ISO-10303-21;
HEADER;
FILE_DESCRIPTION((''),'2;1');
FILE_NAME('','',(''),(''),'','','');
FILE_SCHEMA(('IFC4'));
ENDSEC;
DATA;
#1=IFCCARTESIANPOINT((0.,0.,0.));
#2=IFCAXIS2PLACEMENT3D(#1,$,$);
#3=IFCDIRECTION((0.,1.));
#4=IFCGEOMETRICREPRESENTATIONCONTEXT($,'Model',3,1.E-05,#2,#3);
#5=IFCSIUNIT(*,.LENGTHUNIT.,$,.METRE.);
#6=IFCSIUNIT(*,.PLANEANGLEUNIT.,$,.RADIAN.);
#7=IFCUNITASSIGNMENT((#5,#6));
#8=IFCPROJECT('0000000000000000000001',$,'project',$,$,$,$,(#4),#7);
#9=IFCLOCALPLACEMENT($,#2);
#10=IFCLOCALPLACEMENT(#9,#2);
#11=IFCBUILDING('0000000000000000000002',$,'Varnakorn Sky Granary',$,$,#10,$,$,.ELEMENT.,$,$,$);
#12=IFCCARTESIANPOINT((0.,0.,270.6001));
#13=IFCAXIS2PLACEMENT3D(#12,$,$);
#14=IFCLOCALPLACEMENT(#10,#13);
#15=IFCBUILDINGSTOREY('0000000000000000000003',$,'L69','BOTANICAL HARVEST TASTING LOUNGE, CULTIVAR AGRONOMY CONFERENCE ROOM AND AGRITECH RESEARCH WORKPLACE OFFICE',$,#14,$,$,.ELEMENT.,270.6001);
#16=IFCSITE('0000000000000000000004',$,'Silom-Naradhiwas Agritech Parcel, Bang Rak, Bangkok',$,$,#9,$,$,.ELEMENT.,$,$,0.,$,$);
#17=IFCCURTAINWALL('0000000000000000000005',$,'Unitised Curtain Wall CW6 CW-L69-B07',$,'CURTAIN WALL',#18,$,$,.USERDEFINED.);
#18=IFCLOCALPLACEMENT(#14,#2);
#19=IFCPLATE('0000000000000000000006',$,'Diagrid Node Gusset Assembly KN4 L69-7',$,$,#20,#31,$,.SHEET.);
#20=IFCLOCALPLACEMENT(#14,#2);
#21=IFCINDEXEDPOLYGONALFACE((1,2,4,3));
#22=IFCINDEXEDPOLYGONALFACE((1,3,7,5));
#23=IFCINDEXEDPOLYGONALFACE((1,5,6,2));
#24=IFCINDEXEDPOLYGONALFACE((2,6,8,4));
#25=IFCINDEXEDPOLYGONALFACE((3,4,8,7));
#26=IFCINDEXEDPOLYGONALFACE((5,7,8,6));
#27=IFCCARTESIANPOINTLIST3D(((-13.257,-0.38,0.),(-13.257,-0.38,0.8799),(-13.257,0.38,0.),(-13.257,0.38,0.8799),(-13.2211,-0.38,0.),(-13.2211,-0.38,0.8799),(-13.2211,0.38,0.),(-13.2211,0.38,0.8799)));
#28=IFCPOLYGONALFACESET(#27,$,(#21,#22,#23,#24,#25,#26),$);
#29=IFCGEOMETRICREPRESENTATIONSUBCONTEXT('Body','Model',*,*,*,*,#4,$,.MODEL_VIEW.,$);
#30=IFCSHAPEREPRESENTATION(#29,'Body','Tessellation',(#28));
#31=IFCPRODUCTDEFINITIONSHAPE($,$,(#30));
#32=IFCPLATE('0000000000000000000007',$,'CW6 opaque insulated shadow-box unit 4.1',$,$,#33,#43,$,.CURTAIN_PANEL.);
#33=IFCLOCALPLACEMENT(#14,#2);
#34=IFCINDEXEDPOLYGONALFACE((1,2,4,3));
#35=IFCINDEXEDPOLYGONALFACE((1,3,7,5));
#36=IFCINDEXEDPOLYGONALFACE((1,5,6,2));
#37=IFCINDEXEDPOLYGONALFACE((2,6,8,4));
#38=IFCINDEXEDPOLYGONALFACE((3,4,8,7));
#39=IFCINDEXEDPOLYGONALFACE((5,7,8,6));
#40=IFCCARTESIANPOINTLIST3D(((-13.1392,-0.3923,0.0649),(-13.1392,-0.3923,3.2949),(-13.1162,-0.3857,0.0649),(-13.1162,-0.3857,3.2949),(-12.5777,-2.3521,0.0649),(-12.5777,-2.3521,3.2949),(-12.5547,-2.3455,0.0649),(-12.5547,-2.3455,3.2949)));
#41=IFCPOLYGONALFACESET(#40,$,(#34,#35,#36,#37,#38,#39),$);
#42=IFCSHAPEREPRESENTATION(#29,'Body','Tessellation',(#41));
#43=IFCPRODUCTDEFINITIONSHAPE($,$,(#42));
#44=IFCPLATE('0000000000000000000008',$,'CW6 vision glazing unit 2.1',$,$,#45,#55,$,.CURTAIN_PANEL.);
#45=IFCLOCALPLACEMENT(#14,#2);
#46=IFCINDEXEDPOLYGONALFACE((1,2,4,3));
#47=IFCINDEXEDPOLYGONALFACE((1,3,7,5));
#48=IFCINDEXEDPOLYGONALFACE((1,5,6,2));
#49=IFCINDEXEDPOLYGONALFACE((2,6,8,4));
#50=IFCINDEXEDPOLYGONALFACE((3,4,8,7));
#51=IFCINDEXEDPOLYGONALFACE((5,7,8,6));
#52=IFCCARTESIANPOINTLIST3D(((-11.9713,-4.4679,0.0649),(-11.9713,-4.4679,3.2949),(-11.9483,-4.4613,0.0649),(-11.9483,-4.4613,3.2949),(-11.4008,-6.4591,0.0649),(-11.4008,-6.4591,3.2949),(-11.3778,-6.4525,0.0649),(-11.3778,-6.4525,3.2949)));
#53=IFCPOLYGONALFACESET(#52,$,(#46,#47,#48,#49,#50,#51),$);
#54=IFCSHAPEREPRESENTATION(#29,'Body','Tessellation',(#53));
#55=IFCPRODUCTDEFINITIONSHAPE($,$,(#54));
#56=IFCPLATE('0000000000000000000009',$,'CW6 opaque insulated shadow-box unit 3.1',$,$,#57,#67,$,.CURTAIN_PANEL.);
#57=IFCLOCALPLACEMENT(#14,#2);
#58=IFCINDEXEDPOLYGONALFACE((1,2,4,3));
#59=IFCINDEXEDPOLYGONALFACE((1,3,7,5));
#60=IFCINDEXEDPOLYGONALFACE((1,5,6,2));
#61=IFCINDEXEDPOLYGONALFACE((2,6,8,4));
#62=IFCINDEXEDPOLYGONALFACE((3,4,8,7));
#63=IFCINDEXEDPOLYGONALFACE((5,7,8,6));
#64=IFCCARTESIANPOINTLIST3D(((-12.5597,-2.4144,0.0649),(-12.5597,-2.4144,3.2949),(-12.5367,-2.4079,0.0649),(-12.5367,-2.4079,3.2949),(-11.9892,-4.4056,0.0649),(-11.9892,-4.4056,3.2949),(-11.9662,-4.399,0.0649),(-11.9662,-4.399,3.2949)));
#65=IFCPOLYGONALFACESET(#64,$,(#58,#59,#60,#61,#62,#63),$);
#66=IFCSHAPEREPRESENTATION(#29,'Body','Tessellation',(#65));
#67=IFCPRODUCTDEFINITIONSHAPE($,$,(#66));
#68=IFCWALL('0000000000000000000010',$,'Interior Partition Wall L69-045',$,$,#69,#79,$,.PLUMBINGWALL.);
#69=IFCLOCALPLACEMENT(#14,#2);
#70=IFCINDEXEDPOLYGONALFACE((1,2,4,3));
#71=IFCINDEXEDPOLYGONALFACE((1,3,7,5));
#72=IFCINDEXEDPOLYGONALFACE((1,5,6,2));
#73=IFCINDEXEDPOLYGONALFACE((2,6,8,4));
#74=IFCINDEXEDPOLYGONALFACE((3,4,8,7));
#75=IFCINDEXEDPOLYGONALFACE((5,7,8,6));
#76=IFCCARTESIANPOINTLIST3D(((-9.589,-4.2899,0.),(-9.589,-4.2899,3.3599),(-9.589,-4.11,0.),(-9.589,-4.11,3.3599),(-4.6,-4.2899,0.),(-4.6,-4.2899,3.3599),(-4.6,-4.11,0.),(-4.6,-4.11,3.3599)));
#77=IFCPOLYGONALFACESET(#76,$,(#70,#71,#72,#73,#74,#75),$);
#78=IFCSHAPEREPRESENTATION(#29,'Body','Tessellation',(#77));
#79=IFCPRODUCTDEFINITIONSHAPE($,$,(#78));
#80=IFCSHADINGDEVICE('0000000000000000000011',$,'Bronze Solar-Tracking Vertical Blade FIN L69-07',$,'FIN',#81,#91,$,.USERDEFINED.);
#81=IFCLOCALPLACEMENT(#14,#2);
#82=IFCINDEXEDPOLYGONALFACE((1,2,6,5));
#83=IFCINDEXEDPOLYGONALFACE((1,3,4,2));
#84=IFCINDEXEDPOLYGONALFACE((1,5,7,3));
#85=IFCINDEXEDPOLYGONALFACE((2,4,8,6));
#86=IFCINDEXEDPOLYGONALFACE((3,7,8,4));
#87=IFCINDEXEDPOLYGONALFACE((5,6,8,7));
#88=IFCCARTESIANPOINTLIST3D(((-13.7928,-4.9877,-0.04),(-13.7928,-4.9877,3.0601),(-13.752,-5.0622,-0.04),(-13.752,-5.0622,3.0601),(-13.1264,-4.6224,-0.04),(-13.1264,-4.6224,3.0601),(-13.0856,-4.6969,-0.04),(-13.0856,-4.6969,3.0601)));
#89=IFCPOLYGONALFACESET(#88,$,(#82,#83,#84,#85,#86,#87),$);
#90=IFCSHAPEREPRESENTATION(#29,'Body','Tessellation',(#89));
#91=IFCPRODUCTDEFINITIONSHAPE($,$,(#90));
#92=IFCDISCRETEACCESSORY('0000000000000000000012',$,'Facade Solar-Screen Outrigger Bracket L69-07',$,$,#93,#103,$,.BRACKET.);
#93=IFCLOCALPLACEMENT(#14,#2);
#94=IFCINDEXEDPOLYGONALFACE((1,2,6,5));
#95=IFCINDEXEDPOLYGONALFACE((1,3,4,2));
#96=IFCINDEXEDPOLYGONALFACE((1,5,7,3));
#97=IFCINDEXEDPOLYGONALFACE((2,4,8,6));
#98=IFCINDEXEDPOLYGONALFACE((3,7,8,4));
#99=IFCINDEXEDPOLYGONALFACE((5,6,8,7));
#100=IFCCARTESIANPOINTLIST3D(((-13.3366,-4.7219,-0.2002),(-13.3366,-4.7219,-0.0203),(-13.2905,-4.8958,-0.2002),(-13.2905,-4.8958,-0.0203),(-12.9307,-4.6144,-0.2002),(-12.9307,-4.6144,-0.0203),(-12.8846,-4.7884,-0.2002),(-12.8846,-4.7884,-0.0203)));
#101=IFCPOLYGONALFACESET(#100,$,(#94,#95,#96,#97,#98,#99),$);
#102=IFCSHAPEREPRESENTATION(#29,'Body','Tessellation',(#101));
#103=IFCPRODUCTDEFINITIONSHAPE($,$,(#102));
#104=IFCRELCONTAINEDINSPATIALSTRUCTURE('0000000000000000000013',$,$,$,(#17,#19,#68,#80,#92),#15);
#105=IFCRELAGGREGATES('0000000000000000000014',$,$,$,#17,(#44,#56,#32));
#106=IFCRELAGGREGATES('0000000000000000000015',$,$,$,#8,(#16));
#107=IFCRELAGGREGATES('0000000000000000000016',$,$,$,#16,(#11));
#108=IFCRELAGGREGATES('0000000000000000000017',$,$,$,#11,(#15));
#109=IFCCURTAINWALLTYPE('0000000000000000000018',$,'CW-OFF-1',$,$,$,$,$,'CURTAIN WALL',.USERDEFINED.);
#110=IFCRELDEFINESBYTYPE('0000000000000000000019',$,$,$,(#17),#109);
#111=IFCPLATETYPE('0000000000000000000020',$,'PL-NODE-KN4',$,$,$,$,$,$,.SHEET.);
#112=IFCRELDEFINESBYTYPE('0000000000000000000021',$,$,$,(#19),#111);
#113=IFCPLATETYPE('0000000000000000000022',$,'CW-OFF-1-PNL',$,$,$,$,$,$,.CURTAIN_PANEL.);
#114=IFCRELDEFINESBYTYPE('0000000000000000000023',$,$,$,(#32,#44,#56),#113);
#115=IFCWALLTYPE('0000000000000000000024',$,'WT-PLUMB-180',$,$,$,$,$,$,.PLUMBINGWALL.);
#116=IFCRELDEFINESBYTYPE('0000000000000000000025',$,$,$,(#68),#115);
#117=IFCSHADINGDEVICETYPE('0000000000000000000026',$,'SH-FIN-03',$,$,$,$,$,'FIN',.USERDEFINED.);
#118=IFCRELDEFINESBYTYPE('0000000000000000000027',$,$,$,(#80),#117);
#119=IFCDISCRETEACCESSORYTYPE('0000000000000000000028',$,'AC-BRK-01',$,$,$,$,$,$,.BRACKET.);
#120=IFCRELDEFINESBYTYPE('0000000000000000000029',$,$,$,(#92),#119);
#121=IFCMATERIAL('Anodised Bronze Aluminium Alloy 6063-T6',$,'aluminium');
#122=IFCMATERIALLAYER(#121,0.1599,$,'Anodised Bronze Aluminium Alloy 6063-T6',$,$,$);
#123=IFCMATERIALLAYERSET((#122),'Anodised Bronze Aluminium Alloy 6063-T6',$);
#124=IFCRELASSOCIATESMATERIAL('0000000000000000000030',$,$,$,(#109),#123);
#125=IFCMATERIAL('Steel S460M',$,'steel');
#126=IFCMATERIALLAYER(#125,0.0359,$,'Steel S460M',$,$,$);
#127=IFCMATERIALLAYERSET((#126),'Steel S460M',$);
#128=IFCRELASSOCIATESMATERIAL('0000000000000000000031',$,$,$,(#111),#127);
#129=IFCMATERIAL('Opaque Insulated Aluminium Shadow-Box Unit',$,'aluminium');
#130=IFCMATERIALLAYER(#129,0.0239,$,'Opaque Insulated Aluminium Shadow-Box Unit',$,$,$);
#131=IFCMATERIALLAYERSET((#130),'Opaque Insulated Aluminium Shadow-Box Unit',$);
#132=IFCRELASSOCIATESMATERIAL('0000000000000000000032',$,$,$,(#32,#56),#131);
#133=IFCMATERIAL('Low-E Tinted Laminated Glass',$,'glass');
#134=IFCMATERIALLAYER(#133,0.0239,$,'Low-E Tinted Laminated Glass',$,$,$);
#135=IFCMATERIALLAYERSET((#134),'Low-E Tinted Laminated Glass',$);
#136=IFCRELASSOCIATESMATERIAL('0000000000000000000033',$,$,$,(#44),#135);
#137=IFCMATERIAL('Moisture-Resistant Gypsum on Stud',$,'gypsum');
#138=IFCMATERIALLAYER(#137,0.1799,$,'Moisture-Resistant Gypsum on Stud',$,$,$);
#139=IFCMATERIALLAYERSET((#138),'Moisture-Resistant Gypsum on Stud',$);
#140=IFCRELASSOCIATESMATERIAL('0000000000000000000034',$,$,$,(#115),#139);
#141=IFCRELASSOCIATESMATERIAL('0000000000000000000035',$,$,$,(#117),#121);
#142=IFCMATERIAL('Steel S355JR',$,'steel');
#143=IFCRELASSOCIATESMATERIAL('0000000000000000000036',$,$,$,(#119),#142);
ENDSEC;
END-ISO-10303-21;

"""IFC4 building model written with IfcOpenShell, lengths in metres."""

from ifc_helpers import new_model, si_unit, direction, frame, frame_2d, origin, origin_2d, place, context, subcontext, project, spatial, rectangle, extrude, source, transform, mapped, material, layer, layer_set, type_object, type_shapes, element, aggregate, save


model = new_model("IFC4")

# Units and contexts
model_context = context("Model", 3, precision=1e-05, world=origin(), true_north=direction((0.0, 1.0)))
body_context = subcontext(model_context, "Body", "Model", "MODEL_VIEW")
ifc_project = project(units=[si_unit("LENGTHUNIT", "METRE"), si_unit("PLANEANGLEUNIT", "RADIAN")], contexts=[model_context])

# Site, building, storey
site_placement = place(None, origin())
site = spatial("IfcSite", under=ifc_project, at=site_placement, Name="Silom-Naradhiwas Agritech Parcel, Bang Rak, Bangkok", CompositionType="ELEMENT", RefElevation=0.0)
building_placement = place(site_placement, origin())
building = spatial("IfcBuilding", under=site, at=building_placement, Name="Varnakorn Sky Granary", CompositionType="ELEMENT")
storey_placement = place(building_placement, frame((0.0, 0.0, 270.6001)))
storey = spatial("IfcBuildingStorey", under=building, at=storey_placement, Name="L69", Description="BOTANICAL HARVEST TASTING LOUNGE, CULTIVAR AGRONOMY CONFERENCE ROOM AND AGRITECH RESEARCH WORKPLACE OFFICE", CompositionType="ELEMENT", Elevation=270.6001)

# Shared definitions
ifc_material_1 = material(Name="Steel S460M", Category="steel")

# Shared definitions
ifc_material_2 = material(Name="Steel S355JR", Category="steel")

# Curtain wall
ifc_material_3 = material(Name="Anodised Bronze Aluminium Alloy 6063-T6", Category="aluminium")
ifc_layer_1 = layer(ifc_material_3, 0.1599, Name="Anodised Bronze Aluminium Alloy 6063-T6")
ifc_layer_set_1 = layer_set([ifc_layer_1], Name="Anodised Bronze Aluminium Alloy 6063-T6")
curtain_wall_type = type_object("IfcCurtainWallType", Name="CW-OFF-1", ElementType="CURTAIN WALL", PredefinedType="USERDEFINED", material=ifc_layer_set_1)
curtain_wall_placement = place(storey_placement, origin())
curtain_wall = element("IfcCurtainWall", 1, at=curtain_wall_placement, inside=storey, type_object=curtain_wall_type, Name="Unitised Curtain Wall CW6 CW-L69-B07", ObjectType="CURTAIN WALL", PredefinedType="USERDEFINED")

# Plates
ifc_layer_2 = layer(ifc_material_1, 0.0359, Name="Steel S460M")
ifc_layer_set_2 = layer_set([ifc_layer_2], Name="Steel S460M")
plate_type_1 = type_object("IfcPlateType", Name="PL-NODE-KN4", PredefinedType="SHEET", material=ifc_layer_set_2)
plate_1_placement = place(storey_placement, frame((-13.239, 0.0, 0.0), z_axis=(0.0, 0.0, 1.0), x_axis=(0.0, -1.0, 0.0)))
element("IfcPlate", 2, at=plate_1_placement, inside=storey, type_object=plate_type_1, Name="Diagrid Node Gusset Assembly KN4 L69-7", PredefinedType="SHEET", context=body_context, shape_type="SweptSolid", body=[
    extrude(rectangle(XDim=0.76, YDim=0.0359, at=origin_2d()), origin(), (0.0, 0.0, 1.0), 0.8799),
])
ifc_material_4 = material(Name="Opaque Insulated Aluminium Shadow-Box Unit", Category="aluminium")
ifc_layer_3 = layer(ifc_material_4, 0.0239, Name="Opaque Insulated Aluminium Shadow-Box Unit")
ifc_layer_set_3 = layer_set([ifc_layer_3], Name="Opaque Insulated Aluminium Shadow-Box Unit")
plate_type_2 = type_object("IfcPlateType", Name="CW-OFF-1-PNL", PredefinedType="CURTAIN_PANEL")
shared_shape_1 = source(origin(), body_context, "Body", "SweptSolid", [
    extrude(rectangle(XDim=2.0386, YDim=0.0239, at=origin_2d()), origin(), (0.0, 0.0, 1.0), 3.23),
])
plate_2_placement = place(storey_placement, frame((-12.8469, -1.3689, 0.0649), z_axis=(0.0, 0.0, 1.0), x_axis=(-0.275423, 0.961323, 0.0)))
plate_2 = element("IfcPlate", 3, at=plate_2_placement, type_object=plate_type_2, material=ifc_layer_set_3, Name="CW6 opaque insulated shadow-box unit 4.1", PredefinedType="CURTAIN_PANEL", context=body_context, shape_type="MappedRepresentation", body=[
    mapped(shared_shape_1, transform((0.0, 0.0, 0.0), x_axis=(1.0, 0.0, 0.0), y_axis=(0.0, 1.0, 0.0), z_axis=(0.0, 0.0, 1.0), scale=1.0)),
])
ifc_material_5 = material(Name="Low-E Tinted Laminated Glass", Category="glass")
ifc_layer_4 = layer(ifc_material_5, 0.0239, Name="Low-E Tinted Laminated Glass")
ifc_layer_set_4 = layer_set([ifc_layer_4], Name="Low-E Tinted Laminated Glass")
shared_shape_2 = source(origin(), body_context, "Body", "SweptSolid", [
    extrude(rectangle(XDim=2.0713, YDim=0.0239, at=origin_2d()), origin(), (0.0, 0.0, 1.0), 3.23),
])
type_shapes(plate_type_2, [shared_shape_1, shared_shape_2])
plate_3_placement = place(storey_placement, frame((-11.6746, -5.4602, 0.0649), z_axis=(0.0, 0.0, 1.0), x_axis=(-0.275423, 0.961323, 0.0)))
plate_3 = element("IfcPlate", 4, at=plate_3_placement, type_object=plate_type_2, material=ifc_layer_set_4, Name="CW6 vision glazing unit 2.1", PredefinedType="CURTAIN_PANEL", context=body_context, shape_type="MappedRepresentation", body=[
    mapped(shared_shape_2, transform((0.0, 0.0, 0.0), x_axis=(1.0, 0.0, 0.0), y_axis=(0.0, 1.0, 0.0), z_axis=(0.0, 0.0, 1.0), scale=1.0)),
])
plate_4_placement = place(storey_placement, frame((-12.2629, -3.4067, 0.0649), z_axis=(0.0, 0.0, 1.0), x_axis=(-0.275423, 0.961323, 0.0)))
plate_4 = element("IfcPlate", 5, at=plate_4_placement, type_object=plate_type_2, material=ifc_layer_set_3, Name="CW6 opaque insulated shadow-box unit 3.1", PredefinedType="CURTAIN_PANEL", context=body_context, shape_type="MappedRepresentation", body=[
    mapped(shared_shape_2, transform((0.0, 0.0, 0.0), x_axis=(1.0, 0.0, 0.0), y_axis=(0.0, 1.0, 0.0), z_axis=(0.0, 0.0, 1.0), scale=1.0)),
])
aggregate(curtain_wall, [plate_3, plate_4, plate_2])

# Wall
ifc_material_6 = material(Name="Moisture-Resistant Gypsum on Stud", Category="gypsum")
ifc_layer_5 = layer(ifc_material_6, 0.1799, Name="Moisture-Resistant Gypsum on Stud")
ifc_layer_set_5 = layer_set([ifc_layer_5], Name="Moisture-Resistant Gypsum on Stud")
wall_type = type_object("IfcWallType", Name="WT-PLUMB-180", PredefinedType="PLUMBINGWALL", material=ifc_layer_set_5)
wall_placement = place(storey_placement, frame((-9.5891, -4.2, 0.0), z_axis=(0.0, 0.0, 1.0), x_axis=(1.0, 0.0, 0.0)))
element("IfcWall", 6, at=wall_placement, inside=storey, type_object=wall_type, Name="Interior Partition Wall L69-045", PredefinedType="PLUMBINGWALL", context=body_context, shape_type="SweptSolid", body=[
    extrude(rectangle(XDim=4.989, YDim=0.1799, at=frame_2d((2.4946, 0.0))), origin(), (0.0, 0.0, 1.0), 3.3599),
])

# Shading device
shading_device_type = type_object("IfcShadingDeviceType", Name="SH-FIN-03", ElementType="FIN", PredefinedType="USERDEFINED", material=ifc_material_3)
shared_shape_3 = source(origin(), body_context, "Body", "SweptSolid", [
    extrude(rectangle(XDim=0.085, YDim=0.76, at=origin_2d()), origin(), (0.0, 0.0, 1.0), 3.1001),
])
type_shapes(shading_device_type, [shared_shape_3])
shading_device_placement = place(storey_placement, frame((-13.4392, -4.8423, -0.04), z_axis=(0.0, 0.0, 1.0), x_axis=(0.480731, -0.876868, 0.0)))
element("IfcShadingDevice", 7, at=shading_device_placement, inside=storey, type_object=shading_device_type, Name="Bronze Solar-Tracking Vertical Blade FIN L69-07", ObjectType="FIN", PredefinedType="USERDEFINED", context=body_context, shape_type="MappedRepresentation", body=[
    mapped(shared_shape_3, transform((0.0, 0.0, 0.0), x_axis=(1.0, 0.0, 0.0), y_axis=(0.0, 1.0, 0.0), z_axis=(0.0, 0.0, 1.0), scale=1.0)),
])

# Discrete accessory
discrete_accessory_type = type_object("IfcDiscreteAccessoryType", Name="AC-BRK-01", PredefinedType="BRACKET", material=ifc_material_2)
shared_shape_4 = source(origin(), body_context, "Body", "SweptSolid", [
    extrude(rectangle(XDim=0.1799, YDim=0.4199, at=origin_2d()), origin(), (0.0, 0.0, 1.0), 0.1799),
])
type_shapes(discrete_accessory_type, [shared_shape_4])
discrete_accessory_placement = place(storey_placement, frame((-13.1106, -4.7551, -0.2002), z_axis=(0.0, 0.0, 1.0), x_axis=(0.255941, -0.966692, 0.0)))
element("IfcDiscreteAccessory", 8, at=discrete_accessory_placement, inside=storey, type_object=discrete_accessory_type, Name="Facade Solar-Screen Outrigger Bracket L69-07", PredefinedType="BRACKET", context=body_context, shape_type="MappedRepresentation", body=[
    mapped(shared_shape_4, transform((0.0, 0.0, 0.0), x_axis=(1.0, 0.0, 0.0), y_axis=(0.0, 1.0, 0.0), z_axis=(0.0, 0.0, 1.0), scale=1.0)),
])

save(model, "model.ifc")
